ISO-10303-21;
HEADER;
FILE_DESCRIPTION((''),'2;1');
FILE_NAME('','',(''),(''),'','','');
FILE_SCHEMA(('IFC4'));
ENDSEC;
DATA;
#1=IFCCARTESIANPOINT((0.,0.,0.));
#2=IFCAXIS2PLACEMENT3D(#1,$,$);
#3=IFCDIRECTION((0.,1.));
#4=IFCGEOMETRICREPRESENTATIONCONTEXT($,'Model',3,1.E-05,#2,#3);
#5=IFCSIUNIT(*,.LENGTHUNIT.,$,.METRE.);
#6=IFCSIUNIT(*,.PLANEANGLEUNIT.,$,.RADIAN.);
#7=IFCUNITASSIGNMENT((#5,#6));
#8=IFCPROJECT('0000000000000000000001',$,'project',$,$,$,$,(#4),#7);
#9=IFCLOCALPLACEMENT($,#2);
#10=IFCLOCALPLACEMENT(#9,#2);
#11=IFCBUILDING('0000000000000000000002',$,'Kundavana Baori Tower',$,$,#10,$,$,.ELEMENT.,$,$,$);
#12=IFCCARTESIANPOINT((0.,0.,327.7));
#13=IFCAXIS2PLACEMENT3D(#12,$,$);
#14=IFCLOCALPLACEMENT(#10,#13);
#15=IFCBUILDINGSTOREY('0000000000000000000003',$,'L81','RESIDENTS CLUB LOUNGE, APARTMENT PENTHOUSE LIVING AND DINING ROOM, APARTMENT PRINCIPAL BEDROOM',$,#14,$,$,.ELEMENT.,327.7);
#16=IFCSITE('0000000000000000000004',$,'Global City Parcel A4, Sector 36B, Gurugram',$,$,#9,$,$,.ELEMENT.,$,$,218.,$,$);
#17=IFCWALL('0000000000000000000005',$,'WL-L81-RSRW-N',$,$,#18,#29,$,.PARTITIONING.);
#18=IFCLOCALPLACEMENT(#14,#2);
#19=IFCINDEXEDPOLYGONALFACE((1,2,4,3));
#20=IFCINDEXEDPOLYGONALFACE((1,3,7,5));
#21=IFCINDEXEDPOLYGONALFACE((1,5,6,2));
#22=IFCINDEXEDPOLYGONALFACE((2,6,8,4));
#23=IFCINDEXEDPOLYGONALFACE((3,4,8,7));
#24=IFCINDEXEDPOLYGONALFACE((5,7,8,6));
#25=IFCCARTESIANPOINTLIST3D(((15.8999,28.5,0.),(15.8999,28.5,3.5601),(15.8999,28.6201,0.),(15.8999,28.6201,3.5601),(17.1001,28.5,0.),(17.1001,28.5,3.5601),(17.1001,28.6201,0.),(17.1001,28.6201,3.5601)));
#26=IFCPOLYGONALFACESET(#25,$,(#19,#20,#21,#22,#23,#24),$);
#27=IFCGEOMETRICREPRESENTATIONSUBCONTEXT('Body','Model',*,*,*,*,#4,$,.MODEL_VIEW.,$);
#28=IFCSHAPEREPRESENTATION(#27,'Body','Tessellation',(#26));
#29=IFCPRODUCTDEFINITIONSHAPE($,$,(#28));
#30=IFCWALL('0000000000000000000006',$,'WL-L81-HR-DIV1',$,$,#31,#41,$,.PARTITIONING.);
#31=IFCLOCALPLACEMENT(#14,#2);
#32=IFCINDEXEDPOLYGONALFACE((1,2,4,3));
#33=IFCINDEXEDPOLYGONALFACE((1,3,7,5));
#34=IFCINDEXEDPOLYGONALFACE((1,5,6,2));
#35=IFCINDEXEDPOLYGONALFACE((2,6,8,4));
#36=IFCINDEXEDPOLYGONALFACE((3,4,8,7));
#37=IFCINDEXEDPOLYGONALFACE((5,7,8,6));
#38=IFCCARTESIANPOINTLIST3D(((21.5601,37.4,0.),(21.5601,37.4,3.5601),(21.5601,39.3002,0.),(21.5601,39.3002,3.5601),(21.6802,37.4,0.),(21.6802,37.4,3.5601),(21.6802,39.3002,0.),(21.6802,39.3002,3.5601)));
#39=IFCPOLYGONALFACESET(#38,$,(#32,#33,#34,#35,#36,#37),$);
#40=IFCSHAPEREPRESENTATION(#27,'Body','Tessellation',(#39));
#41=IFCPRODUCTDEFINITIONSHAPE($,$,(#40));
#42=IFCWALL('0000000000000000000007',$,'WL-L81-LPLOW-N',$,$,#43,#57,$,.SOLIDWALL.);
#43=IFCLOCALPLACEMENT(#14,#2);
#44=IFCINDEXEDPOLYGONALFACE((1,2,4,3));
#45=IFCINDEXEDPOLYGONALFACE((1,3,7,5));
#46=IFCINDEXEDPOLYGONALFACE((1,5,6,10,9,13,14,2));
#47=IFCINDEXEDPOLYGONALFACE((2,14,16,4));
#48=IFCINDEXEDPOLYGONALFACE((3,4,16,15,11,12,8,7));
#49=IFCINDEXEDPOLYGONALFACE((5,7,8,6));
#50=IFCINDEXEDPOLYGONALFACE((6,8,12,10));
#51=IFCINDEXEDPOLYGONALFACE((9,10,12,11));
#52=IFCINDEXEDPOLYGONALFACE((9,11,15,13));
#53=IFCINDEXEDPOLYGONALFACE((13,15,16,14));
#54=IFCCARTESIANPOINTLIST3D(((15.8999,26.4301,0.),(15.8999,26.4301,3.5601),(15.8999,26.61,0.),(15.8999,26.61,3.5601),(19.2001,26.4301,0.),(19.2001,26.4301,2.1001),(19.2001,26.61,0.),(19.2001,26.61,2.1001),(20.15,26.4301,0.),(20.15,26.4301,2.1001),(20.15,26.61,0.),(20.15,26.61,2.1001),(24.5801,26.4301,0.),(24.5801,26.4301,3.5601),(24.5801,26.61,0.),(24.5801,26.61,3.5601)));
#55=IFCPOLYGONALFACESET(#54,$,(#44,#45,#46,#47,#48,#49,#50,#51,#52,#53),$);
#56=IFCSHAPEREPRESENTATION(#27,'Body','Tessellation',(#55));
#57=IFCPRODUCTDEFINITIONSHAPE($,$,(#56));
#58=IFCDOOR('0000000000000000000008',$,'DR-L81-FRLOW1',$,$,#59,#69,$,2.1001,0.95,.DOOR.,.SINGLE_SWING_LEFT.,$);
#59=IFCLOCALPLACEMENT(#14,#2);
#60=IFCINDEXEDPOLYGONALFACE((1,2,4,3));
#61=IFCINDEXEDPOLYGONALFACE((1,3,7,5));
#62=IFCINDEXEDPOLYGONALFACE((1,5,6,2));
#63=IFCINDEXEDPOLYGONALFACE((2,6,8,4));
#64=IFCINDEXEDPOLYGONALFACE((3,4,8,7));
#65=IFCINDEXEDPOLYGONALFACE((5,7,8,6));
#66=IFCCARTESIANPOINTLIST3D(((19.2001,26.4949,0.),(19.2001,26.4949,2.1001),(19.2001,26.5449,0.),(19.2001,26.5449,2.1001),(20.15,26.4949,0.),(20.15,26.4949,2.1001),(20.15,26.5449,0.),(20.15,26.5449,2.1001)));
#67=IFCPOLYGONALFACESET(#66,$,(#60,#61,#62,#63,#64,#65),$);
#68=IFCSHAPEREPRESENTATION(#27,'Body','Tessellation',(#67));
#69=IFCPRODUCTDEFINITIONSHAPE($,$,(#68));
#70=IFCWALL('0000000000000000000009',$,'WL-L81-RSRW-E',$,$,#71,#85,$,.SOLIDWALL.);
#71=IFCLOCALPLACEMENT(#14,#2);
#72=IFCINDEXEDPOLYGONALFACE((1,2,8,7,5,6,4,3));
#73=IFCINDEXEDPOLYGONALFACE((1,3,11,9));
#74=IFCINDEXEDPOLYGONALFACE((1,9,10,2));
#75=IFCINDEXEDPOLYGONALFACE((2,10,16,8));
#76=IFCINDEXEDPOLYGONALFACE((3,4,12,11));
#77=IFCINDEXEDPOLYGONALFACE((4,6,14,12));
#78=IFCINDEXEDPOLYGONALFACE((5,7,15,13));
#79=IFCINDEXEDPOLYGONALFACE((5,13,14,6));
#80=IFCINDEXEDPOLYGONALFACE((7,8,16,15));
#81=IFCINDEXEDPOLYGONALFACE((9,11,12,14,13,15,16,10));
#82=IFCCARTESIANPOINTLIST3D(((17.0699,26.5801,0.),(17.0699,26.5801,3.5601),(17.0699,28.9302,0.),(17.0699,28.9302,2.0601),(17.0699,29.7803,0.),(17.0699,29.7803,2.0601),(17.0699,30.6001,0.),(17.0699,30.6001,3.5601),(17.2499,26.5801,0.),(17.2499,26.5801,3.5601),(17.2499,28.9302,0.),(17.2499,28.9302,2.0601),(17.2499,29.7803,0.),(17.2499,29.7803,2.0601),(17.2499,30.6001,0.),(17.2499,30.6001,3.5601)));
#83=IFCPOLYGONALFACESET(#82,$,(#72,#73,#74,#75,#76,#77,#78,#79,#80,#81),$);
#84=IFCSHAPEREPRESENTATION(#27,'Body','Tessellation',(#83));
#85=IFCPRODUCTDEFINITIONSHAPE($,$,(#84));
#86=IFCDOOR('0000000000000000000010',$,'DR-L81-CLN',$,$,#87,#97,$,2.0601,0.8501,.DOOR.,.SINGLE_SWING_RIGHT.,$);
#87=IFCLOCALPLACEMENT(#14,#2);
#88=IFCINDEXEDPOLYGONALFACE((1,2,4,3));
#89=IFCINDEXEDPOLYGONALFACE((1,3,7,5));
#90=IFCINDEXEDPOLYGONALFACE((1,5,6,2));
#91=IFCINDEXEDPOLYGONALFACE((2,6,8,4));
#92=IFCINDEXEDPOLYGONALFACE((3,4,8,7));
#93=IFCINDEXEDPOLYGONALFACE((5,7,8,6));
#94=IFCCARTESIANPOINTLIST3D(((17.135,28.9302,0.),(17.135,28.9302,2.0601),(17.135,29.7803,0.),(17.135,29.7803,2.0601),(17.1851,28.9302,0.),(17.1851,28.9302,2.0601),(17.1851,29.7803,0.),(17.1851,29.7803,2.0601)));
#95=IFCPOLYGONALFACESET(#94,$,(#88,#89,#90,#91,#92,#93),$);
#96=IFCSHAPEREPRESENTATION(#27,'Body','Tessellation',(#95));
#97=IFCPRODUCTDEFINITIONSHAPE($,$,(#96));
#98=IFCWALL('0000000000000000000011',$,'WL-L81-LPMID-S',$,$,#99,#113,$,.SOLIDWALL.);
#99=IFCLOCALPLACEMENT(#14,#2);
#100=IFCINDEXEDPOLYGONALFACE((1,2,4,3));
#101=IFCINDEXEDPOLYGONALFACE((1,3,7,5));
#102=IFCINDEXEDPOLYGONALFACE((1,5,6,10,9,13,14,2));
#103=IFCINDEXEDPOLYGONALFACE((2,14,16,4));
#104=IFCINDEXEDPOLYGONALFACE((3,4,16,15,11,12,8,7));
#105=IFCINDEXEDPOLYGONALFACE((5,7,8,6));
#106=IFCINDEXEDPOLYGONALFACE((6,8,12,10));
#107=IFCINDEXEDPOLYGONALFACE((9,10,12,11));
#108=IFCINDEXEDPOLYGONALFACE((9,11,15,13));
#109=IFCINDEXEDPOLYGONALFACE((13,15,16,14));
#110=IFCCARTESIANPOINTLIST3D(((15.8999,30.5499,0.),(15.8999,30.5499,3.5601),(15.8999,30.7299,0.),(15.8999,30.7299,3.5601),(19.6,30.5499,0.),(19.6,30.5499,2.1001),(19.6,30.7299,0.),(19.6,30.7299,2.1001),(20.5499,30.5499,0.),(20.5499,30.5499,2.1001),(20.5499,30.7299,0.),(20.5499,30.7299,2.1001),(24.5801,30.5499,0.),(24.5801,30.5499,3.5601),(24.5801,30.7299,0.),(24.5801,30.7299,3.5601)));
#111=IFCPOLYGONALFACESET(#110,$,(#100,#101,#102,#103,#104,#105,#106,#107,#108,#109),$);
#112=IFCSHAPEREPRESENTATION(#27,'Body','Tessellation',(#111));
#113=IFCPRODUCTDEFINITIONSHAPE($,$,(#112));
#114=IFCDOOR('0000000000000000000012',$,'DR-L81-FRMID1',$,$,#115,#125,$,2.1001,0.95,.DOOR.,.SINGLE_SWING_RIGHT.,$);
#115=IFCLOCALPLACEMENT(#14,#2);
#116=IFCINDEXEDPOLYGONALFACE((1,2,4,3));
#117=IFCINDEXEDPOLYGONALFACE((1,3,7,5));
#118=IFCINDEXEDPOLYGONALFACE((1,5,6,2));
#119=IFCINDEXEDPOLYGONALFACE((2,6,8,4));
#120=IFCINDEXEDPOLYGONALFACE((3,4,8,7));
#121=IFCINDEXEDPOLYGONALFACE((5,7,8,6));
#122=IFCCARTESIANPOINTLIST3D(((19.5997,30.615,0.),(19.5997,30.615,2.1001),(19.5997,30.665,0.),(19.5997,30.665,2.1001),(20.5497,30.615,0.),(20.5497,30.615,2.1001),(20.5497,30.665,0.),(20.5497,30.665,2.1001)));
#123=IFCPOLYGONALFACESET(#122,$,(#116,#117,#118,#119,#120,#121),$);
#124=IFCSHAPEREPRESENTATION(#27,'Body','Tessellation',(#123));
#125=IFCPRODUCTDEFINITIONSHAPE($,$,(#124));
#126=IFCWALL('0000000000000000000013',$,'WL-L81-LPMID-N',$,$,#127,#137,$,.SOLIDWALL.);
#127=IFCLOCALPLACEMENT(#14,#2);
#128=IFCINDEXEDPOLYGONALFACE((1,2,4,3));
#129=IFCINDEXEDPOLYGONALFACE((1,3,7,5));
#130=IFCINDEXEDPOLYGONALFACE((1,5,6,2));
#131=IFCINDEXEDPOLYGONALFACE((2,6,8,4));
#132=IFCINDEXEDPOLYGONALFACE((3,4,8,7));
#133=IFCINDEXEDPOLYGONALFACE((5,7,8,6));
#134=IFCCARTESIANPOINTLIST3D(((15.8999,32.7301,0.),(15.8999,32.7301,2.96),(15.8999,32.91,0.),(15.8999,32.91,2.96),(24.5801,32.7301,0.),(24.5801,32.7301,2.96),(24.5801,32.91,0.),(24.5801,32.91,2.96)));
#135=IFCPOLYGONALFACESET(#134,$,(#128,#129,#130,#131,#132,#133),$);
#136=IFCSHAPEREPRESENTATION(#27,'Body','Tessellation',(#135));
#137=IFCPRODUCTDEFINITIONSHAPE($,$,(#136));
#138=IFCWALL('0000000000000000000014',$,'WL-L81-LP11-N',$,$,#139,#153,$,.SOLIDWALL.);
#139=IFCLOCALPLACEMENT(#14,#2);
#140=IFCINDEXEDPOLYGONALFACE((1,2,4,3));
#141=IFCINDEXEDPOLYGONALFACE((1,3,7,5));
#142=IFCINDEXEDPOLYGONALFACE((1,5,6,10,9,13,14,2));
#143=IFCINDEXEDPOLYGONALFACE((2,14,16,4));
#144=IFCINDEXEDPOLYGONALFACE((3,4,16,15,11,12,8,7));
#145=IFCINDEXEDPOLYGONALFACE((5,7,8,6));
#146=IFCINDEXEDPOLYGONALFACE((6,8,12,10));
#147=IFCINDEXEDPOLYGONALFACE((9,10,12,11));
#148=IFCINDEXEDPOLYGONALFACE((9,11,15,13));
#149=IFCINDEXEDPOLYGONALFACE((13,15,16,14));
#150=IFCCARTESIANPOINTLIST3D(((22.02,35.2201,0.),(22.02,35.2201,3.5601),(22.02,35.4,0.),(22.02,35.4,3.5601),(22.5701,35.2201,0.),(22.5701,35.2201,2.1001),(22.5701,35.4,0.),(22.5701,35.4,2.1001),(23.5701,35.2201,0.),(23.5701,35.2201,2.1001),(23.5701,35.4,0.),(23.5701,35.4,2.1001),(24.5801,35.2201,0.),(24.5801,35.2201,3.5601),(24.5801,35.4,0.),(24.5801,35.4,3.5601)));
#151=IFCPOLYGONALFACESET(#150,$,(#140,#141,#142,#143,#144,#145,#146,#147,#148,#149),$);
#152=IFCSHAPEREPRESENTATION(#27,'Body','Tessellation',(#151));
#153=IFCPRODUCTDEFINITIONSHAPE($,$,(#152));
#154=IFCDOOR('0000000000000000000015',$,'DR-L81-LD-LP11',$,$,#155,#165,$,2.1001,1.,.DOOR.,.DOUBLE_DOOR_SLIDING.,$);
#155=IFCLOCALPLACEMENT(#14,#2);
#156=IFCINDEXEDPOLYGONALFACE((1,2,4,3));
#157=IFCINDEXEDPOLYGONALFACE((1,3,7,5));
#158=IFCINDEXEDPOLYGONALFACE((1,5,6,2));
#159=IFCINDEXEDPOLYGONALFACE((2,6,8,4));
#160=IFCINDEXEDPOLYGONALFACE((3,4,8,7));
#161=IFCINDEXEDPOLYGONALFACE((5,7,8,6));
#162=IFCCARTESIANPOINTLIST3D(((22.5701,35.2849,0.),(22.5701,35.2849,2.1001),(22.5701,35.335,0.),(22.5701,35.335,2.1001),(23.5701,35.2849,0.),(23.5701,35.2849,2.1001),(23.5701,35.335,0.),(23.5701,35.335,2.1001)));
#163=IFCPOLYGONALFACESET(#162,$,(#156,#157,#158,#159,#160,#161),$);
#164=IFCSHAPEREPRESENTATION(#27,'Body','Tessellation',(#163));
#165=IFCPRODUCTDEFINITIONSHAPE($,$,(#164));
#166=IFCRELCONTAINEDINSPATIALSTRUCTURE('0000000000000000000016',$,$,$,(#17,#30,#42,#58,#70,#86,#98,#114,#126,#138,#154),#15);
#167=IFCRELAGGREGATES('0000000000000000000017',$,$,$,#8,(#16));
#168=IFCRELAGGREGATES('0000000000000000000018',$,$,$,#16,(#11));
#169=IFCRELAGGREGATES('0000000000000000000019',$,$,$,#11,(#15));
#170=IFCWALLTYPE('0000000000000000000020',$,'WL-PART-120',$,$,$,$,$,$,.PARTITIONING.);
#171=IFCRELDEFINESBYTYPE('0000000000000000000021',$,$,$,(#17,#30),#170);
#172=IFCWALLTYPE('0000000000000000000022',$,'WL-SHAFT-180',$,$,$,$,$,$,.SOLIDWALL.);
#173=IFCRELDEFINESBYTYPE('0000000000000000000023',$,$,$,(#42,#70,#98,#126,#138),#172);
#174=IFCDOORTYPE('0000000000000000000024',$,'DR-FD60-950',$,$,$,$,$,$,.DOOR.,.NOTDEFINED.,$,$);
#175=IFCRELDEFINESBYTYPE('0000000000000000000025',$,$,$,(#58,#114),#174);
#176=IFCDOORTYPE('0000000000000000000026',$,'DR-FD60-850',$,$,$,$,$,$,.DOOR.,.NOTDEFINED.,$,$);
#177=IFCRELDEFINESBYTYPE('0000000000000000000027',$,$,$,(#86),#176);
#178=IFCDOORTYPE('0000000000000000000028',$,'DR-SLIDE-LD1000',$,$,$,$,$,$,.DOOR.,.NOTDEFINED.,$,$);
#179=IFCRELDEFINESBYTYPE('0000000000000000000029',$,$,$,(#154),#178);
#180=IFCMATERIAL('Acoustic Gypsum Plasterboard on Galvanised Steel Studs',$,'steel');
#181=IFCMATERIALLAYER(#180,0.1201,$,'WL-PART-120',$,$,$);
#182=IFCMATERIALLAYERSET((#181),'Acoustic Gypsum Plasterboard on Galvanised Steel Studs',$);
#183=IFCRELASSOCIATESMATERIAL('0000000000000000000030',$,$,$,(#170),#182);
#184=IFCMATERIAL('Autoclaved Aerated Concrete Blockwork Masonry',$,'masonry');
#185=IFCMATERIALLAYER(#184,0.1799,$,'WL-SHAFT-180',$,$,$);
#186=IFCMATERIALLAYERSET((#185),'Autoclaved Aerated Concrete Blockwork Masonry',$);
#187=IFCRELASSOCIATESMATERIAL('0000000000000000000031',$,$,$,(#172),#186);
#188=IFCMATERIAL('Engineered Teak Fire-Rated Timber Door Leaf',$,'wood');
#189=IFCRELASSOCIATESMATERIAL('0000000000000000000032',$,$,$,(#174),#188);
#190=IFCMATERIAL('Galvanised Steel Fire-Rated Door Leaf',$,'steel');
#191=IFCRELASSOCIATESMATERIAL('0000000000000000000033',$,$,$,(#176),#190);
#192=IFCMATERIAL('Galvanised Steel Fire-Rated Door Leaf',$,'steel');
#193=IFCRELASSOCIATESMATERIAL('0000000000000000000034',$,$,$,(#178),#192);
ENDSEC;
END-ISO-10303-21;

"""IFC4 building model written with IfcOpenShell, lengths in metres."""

from ifc_helpers import new_model, si_unit, direction, frame, frame_2d, origin, place, context, subcontext, project, spatial, rectangle, extrude, material, layer, layer_set, type_object, element, fill, save


model = new_model("IFC4")

# Units and contexts
model_context = context("Model", 3, precision=1e-05, world=origin(), true_north=direction((0.0, 1.0)))
body_context = subcontext(model_context, "Body", "Model", "MODEL_VIEW")
ifc_project = project(units=[si_unit("LENGTHUNIT", "METRE"), si_unit("PLANEANGLEUNIT", "RADIAN")], contexts=[model_context])

# Site, building, storey
site_placement = place(None, origin())
site = spatial("IfcSite", under=ifc_project, at=site_placement, Name="Global City Parcel A4, Sector 36B, Gurugram", CompositionType="ELEMENT", RefElevation=218.0)
building_placement = place(site_placement, origin())
building = spatial("IfcBuilding", under=site, at=building_placement, Name="Kundavana Baori Tower", CompositionType="ELEMENT")
storey_placement = place(building_placement, frame((0.0, 0.0, 327.7)))
storey = spatial("IfcBuildingStorey", under=building, at=storey_placement, Name="L81", Description="RESIDENTS CLUB LOUNGE, APARTMENT PENTHOUSE LIVING AND DINING ROOM, APARTMENT PRINCIPAL BEDROOM", CompositionType="ELEMENT", Elevation=327.7)

# Walls
ifc_material_1 = material(Name="Acoustic Gypsum Plasterboard on Galvanised Steel Studs", Category="steel")
ifc_layer_1 = layer(ifc_material_1, 0.1201, Name="WL-PART-120")
ifc_layer_set_1 = layer_set([ifc_layer_1], Name="Acoustic Gypsum Plasterboard on Galvanised Steel Studs")
wall_type_1 = type_object("IfcWallType", Name="WL-PART-120", PredefinedType="PARTITIONING", material=ifc_layer_set_1)
wall_1_placement = place(storey_placement, frame((15.8999, 28.5601, 0.0), z_axis=(0.0, 0.0, 1.0), x_axis=(1.0, 0.0, 0.0)))
element("IfcWall", 1, at=wall_1_placement, inside=storey, type_object=wall_type_1, Name="WL-L81-RSRW-N", PredefinedType="PARTITIONING", context=body_context, shape_type="SweptSolid", body=[
    extrude(rectangle(XDim=1.2002, YDim=0.1201, at=frame_2d((0.6001, 0.0))), origin(), (0.0, 0.0, 1.0), 3.5601),
])
wall_2_placement = place(storey_placement, frame((21.6201, 37.3999, 0.0), z_axis=(0.0, 0.0, 1.0), x_axis=(0.0, 1.0, 0.0)))
element("IfcWall", 2, at=wall_2_placement, inside=storey, type_object=wall_type_1, Name="WL-L81-HR-DIV1", PredefinedType="PARTITIONING", context=body_context, shape_type="SweptSolid", body=[
    extrude(rectangle(XDim=1.9001, YDim=0.1201, at=frame_2d((0.9502, 0.0))), origin(), (0.0, 0.0, 1.0), 3.5601),
])

# Walls, openings, doors
ifc_material_2 = material(Name="Autoclaved Aerated Concrete Blockwork Masonry", Category="masonry")
ifc_layer_2 = layer(ifc_material_2, 0.1799, Name="WL-SHAFT-180")
ifc_layer_set_2 = layer_set([ifc_layer_2], Name="Autoclaved Aerated Concrete Blockwork Masonry")
wall_type_2 = type_object("IfcWallType", Name="WL-SHAFT-180", PredefinedType="SOLIDWALL", material=ifc_layer_set_2)
wall_3_placement = place(storey_placement, frame((15.8999, 26.52, 0.0), z_axis=(0.0, 0.0, 1.0), x_axis=(1.0, 0.0, 0.0)))
wall_3 = element("IfcWall", 3, at=wall_3_placement, inside=storey, type_object=wall_type_2, Name="WL-L81-LPLOW-N", PredefinedType="SOLIDWALL", context=body_context, shape_type="SweptSolid", body=[
    extrude(rectangle(XDim=8.6802, YDim=0.1799, at=frame_2d((4.3401, 0.0))), origin(), (0.0, 0.0, 1.0), 3.5601),
])
opening_1_placement = place(wall_3_placement, frame((3.3, 0.0, 0.0)))
opening_1 = element("IfcOpeningElement", 4, at=opening_1_placement, cuts=wall_3, PredefinedType="OPENING", context=body_context, shape_type="SweptSolid", body=[
    extrude(rectangle(XDim=0.95, YDim=2.1001, at=frame_2d((0.4751, 1.05))), frame((0.0, 0.1001, 0.0), z_axis=(0.0, -1.0, 0.0), x_axis=(1.0, 0.0, 0.0)), (0.0, 0.0, 1.0), 0.2),
])
ifc_material_3 = material(Name="Engineered Teak Fire-Rated Timber Door Leaf", Category="wood")
door_type_1 = type_object("IfcDoorType", Name="DR-FD60-950", OperationType="NOTDEFINED", PredefinedType="DOOR", material=ifc_material_3)
door_1_placement = place(opening_1_placement, origin())
door_1 = element("IfcDoor", 5, at=door_1_placement, inside=storey, type_object=door_type_1, Name="DR-L81-FRLOW1", OperationType="SINGLE_SWING_LEFT", OverallHeight=2.1001, OverallWidth=0.95, PredefinedType="DOOR", context=body_context, shape_type="SweptSolid", body=[
    extrude(rectangle(XDim=0.95, YDim=2.1001, at=frame_2d((0.4751, 1.05))), frame((0.0, 0.0249, 0.0), z_axis=(0.0, -1.0, 0.0), x_axis=(1.0, 0.0, 0.0)), (0.0, 0.0, 1.0), 0.05),
])
fill(opening_1, door_1)
wall_4_placement = place(storey_placement, frame((17.1599, 26.5801, 0.0), z_axis=(0.0, 0.0, 1.0), x_axis=(0.0, 1.0, 0.0)))
wall_4 = element("IfcWall", 6, at=wall_4_placement, inside=storey, type_object=wall_type_2, Name="WL-L81-RSRW-E", PredefinedType="SOLIDWALL", context=body_context, shape_type="SweptSolid", body=[
    extrude(rectangle(XDim=4.02, YDim=0.1799, at=frame_2d((2.01, 0.0))), origin(), (0.0, 0.0, 1.0), 3.5601),
])
opening_2_placement = place(wall_4_placement, frame((2.3501, 0.0, 0.0)))
opening_2 = element("IfcOpeningElement", 7, at=opening_2_placement, cuts=wall_4, PredefinedType="OPENING", context=body_context, shape_type="SweptSolid", body=[
    extrude(rectangle(XDim=0.8501, YDim=2.0601, at=frame_2d((0.425, 1.03))), frame((0.0, 0.1001, 0.0), z_axis=(0.0, -1.0, 0.0), x_axis=(1.0, 0.0, 0.0)), (0.0, 0.0, 1.0), 0.2),
])
ifc_material_4 = material(Name="Galvanised Steel Fire-Rated Door Leaf", Category="steel")
door_type_2 = type_object("IfcDoorType", Name="DR-FD60-850", OperationType="NOTDEFINED", PredefinedType="DOOR", material=ifc_material_4)
door_2_placement = place(opening_2_placement, origin())
door_2 = element("IfcDoor", 8, at=door_2_placement, inside=storey, type_object=door_type_2, Name="DR-L81-CLN", OperationType="SINGLE_SWING_RIGHT", OverallHeight=2.0601, OverallWidth=0.8501, PredefinedType="DOOR", context=body_context, shape_type="SweptSolid", body=[
    extrude(rectangle(XDim=0.8501, YDim=2.0601, at=frame_2d((0.425, 1.03))), frame((0.0, 0.0249, 0.0), z_axis=(0.0, -1.0, 0.0), x_axis=(1.0, 0.0, 0.0)), (0.0, 0.0, 1.0), 0.05),
])
fill(opening_2, door_2)
wall_5_placement = place(storey_placement, frame((15.8999, 30.6399, 0.0), z_axis=(0.0, 0.0, 1.0), x_axis=(1.0, 0.0, 0.0)))
wall_5 = element("IfcWall", 9, at=wall_5_placement, inside=storey, type_object=wall_type_2, Name="WL-L81-LPMID-S", PredefinedType="SOLIDWALL", context=body_context, shape_type="SweptSolid", body=[
    extrude(rectangle(XDim=8.6802, YDim=0.1799, at=frame_2d((4.3401, 0.0))), origin(), (0.0, 0.0, 1.0), 3.5601),
])
opening_3_placement = place(wall_5_placement, frame((3.7, 0.0, 0.0)))
opening_3 = element("IfcOpeningElement", 10, at=opening_3_placement, cuts=wall_5, PredefinedType="OPENING", context=body_context, shape_type="SweptSolid", body=[
    extrude(rectangle(XDim=0.95, YDim=2.1001, at=frame_2d((0.4751, 1.05))), frame((0.0, 0.1001, 0.0), z_axis=(0.0, -1.0, 0.0), x_axis=(1.0, 0.0, 0.0)), (0.0, 0.0, 1.0), 0.2),
])
door_3_placement = place(opening_3_placement, frame((0.95, 0.0, 0.0), z_axis=(0.0, 0.0, 1.0), x_axis=(-1.0, 0.0, 0.0)))
door_3 = element("IfcDoor", 11, at=door_3_placement, inside=storey, type_object=door_type_1, Name="DR-L81-FRMID1", OperationType="SINGLE_SWING_RIGHT", OverallHeight=2.1001, OverallWidth=0.95, PredefinedType="DOOR", context=body_context, shape_type="SweptSolid", body=[
    extrude(rectangle(XDim=0.95, YDim=2.1001, at=frame_2d((0.4751, 1.05))), frame((0.0, 0.0249, 0.0), z_axis=(0.0, -1.0, 0.0), x_axis=(1.0, 0.0, 0.0)), (0.0, 0.0, 1.0), 0.05),
])
fill(opening_3, door_3)

# Wall
wall_6_placement = place(storey_placement, frame((15.8999, 32.8201, 0.0), z_axis=(0.0, 0.0, 1.0), x_axis=(1.0, 0.0, 0.0)))
element("IfcWall", 12, at=wall_6_placement, inside=storey, type_object=wall_type_2, Name="WL-L81-LPMID-N", PredefinedType="SOLIDWALL", context=body_context, shape_type="SweptSolid", body=[
    extrude(rectangle(XDim=8.6802, YDim=0.1799, at=frame_2d((4.3401, 0.0))), origin(), (0.0, 0.0, 1.0), 2.96),
])

# Wall, opening, door
wall_7_placement = place(storey_placement, frame((22.02, 35.3101, 0.0), z_axis=(0.0, 0.0, 1.0), x_axis=(1.0, 0.0, 0.0)))
wall_7 = element("IfcWall", 13, at=wall_7_placement, inside=storey, type_object=wall_type_2, Name="WL-L81-LP11-N", PredefinedType="SOLIDWALL", context=body_context, shape_type="SweptSolid", body=[
    extrude(rectangle(XDim=2.5601, YDim=0.1799, at=frame_2d((1.28, 0.0))), origin(), (0.0, 0.0, 1.0), 3.5601),
])
opening_4_placement = place(wall_7_placement, frame((0.55, 0.0, 0.0)))
opening_4 = element("IfcOpeningElement", 14, at=opening_4_placement, cuts=wall_7, PredefinedType="OPENING", context=body_context, shape_type="SweptSolid", body=[
    extrude(rectangle(XDim=1.0, YDim=2.1001, at=frame_2d((0.5, 1.05))), frame((0.0, 0.1001, 0.0), z_axis=(0.0, -1.0, 0.0), x_axis=(1.0, 0.0, 0.0)), (0.0, 0.0, 1.0), 0.2),
])
ifc_material_5 = material(Name="Galvanised Steel Fire-Rated Door Leaf", Category="steel")
door_type_3 = type_object("IfcDoorType", Name="DR-SLIDE-LD1000", OperationType="NOTDEFINED", PredefinedType="DOOR", material=ifc_material_5)
door_4_placement = place(opening_4_placement, origin())
door_4 = element("IfcDoor", 15, at=door_4_placement, inside=storey, type_object=door_type_3, Name="DR-L81-LD-LP11", OperationType="DOUBLE_DOOR_SLIDING", OverallHeight=2.1001, OverallWidth=1.0, PredefinedType="DOOR", context=body_context, shape_type="SweptSolid", body=[
    extrude(rectangle(XDim=1.0, YDim=2.1001, at=frame_2d((0.5, 1.05))), frame((0.0, 0.0249, 0.0), z_axis=(0.0, -1.0, 0.0), x_axis=(1.0, 0.0, 0.0)), (0.0, 0.0, 1.0), 0.05),
])
fill(opening_4, door_4)

save(model, "model.ifc")
